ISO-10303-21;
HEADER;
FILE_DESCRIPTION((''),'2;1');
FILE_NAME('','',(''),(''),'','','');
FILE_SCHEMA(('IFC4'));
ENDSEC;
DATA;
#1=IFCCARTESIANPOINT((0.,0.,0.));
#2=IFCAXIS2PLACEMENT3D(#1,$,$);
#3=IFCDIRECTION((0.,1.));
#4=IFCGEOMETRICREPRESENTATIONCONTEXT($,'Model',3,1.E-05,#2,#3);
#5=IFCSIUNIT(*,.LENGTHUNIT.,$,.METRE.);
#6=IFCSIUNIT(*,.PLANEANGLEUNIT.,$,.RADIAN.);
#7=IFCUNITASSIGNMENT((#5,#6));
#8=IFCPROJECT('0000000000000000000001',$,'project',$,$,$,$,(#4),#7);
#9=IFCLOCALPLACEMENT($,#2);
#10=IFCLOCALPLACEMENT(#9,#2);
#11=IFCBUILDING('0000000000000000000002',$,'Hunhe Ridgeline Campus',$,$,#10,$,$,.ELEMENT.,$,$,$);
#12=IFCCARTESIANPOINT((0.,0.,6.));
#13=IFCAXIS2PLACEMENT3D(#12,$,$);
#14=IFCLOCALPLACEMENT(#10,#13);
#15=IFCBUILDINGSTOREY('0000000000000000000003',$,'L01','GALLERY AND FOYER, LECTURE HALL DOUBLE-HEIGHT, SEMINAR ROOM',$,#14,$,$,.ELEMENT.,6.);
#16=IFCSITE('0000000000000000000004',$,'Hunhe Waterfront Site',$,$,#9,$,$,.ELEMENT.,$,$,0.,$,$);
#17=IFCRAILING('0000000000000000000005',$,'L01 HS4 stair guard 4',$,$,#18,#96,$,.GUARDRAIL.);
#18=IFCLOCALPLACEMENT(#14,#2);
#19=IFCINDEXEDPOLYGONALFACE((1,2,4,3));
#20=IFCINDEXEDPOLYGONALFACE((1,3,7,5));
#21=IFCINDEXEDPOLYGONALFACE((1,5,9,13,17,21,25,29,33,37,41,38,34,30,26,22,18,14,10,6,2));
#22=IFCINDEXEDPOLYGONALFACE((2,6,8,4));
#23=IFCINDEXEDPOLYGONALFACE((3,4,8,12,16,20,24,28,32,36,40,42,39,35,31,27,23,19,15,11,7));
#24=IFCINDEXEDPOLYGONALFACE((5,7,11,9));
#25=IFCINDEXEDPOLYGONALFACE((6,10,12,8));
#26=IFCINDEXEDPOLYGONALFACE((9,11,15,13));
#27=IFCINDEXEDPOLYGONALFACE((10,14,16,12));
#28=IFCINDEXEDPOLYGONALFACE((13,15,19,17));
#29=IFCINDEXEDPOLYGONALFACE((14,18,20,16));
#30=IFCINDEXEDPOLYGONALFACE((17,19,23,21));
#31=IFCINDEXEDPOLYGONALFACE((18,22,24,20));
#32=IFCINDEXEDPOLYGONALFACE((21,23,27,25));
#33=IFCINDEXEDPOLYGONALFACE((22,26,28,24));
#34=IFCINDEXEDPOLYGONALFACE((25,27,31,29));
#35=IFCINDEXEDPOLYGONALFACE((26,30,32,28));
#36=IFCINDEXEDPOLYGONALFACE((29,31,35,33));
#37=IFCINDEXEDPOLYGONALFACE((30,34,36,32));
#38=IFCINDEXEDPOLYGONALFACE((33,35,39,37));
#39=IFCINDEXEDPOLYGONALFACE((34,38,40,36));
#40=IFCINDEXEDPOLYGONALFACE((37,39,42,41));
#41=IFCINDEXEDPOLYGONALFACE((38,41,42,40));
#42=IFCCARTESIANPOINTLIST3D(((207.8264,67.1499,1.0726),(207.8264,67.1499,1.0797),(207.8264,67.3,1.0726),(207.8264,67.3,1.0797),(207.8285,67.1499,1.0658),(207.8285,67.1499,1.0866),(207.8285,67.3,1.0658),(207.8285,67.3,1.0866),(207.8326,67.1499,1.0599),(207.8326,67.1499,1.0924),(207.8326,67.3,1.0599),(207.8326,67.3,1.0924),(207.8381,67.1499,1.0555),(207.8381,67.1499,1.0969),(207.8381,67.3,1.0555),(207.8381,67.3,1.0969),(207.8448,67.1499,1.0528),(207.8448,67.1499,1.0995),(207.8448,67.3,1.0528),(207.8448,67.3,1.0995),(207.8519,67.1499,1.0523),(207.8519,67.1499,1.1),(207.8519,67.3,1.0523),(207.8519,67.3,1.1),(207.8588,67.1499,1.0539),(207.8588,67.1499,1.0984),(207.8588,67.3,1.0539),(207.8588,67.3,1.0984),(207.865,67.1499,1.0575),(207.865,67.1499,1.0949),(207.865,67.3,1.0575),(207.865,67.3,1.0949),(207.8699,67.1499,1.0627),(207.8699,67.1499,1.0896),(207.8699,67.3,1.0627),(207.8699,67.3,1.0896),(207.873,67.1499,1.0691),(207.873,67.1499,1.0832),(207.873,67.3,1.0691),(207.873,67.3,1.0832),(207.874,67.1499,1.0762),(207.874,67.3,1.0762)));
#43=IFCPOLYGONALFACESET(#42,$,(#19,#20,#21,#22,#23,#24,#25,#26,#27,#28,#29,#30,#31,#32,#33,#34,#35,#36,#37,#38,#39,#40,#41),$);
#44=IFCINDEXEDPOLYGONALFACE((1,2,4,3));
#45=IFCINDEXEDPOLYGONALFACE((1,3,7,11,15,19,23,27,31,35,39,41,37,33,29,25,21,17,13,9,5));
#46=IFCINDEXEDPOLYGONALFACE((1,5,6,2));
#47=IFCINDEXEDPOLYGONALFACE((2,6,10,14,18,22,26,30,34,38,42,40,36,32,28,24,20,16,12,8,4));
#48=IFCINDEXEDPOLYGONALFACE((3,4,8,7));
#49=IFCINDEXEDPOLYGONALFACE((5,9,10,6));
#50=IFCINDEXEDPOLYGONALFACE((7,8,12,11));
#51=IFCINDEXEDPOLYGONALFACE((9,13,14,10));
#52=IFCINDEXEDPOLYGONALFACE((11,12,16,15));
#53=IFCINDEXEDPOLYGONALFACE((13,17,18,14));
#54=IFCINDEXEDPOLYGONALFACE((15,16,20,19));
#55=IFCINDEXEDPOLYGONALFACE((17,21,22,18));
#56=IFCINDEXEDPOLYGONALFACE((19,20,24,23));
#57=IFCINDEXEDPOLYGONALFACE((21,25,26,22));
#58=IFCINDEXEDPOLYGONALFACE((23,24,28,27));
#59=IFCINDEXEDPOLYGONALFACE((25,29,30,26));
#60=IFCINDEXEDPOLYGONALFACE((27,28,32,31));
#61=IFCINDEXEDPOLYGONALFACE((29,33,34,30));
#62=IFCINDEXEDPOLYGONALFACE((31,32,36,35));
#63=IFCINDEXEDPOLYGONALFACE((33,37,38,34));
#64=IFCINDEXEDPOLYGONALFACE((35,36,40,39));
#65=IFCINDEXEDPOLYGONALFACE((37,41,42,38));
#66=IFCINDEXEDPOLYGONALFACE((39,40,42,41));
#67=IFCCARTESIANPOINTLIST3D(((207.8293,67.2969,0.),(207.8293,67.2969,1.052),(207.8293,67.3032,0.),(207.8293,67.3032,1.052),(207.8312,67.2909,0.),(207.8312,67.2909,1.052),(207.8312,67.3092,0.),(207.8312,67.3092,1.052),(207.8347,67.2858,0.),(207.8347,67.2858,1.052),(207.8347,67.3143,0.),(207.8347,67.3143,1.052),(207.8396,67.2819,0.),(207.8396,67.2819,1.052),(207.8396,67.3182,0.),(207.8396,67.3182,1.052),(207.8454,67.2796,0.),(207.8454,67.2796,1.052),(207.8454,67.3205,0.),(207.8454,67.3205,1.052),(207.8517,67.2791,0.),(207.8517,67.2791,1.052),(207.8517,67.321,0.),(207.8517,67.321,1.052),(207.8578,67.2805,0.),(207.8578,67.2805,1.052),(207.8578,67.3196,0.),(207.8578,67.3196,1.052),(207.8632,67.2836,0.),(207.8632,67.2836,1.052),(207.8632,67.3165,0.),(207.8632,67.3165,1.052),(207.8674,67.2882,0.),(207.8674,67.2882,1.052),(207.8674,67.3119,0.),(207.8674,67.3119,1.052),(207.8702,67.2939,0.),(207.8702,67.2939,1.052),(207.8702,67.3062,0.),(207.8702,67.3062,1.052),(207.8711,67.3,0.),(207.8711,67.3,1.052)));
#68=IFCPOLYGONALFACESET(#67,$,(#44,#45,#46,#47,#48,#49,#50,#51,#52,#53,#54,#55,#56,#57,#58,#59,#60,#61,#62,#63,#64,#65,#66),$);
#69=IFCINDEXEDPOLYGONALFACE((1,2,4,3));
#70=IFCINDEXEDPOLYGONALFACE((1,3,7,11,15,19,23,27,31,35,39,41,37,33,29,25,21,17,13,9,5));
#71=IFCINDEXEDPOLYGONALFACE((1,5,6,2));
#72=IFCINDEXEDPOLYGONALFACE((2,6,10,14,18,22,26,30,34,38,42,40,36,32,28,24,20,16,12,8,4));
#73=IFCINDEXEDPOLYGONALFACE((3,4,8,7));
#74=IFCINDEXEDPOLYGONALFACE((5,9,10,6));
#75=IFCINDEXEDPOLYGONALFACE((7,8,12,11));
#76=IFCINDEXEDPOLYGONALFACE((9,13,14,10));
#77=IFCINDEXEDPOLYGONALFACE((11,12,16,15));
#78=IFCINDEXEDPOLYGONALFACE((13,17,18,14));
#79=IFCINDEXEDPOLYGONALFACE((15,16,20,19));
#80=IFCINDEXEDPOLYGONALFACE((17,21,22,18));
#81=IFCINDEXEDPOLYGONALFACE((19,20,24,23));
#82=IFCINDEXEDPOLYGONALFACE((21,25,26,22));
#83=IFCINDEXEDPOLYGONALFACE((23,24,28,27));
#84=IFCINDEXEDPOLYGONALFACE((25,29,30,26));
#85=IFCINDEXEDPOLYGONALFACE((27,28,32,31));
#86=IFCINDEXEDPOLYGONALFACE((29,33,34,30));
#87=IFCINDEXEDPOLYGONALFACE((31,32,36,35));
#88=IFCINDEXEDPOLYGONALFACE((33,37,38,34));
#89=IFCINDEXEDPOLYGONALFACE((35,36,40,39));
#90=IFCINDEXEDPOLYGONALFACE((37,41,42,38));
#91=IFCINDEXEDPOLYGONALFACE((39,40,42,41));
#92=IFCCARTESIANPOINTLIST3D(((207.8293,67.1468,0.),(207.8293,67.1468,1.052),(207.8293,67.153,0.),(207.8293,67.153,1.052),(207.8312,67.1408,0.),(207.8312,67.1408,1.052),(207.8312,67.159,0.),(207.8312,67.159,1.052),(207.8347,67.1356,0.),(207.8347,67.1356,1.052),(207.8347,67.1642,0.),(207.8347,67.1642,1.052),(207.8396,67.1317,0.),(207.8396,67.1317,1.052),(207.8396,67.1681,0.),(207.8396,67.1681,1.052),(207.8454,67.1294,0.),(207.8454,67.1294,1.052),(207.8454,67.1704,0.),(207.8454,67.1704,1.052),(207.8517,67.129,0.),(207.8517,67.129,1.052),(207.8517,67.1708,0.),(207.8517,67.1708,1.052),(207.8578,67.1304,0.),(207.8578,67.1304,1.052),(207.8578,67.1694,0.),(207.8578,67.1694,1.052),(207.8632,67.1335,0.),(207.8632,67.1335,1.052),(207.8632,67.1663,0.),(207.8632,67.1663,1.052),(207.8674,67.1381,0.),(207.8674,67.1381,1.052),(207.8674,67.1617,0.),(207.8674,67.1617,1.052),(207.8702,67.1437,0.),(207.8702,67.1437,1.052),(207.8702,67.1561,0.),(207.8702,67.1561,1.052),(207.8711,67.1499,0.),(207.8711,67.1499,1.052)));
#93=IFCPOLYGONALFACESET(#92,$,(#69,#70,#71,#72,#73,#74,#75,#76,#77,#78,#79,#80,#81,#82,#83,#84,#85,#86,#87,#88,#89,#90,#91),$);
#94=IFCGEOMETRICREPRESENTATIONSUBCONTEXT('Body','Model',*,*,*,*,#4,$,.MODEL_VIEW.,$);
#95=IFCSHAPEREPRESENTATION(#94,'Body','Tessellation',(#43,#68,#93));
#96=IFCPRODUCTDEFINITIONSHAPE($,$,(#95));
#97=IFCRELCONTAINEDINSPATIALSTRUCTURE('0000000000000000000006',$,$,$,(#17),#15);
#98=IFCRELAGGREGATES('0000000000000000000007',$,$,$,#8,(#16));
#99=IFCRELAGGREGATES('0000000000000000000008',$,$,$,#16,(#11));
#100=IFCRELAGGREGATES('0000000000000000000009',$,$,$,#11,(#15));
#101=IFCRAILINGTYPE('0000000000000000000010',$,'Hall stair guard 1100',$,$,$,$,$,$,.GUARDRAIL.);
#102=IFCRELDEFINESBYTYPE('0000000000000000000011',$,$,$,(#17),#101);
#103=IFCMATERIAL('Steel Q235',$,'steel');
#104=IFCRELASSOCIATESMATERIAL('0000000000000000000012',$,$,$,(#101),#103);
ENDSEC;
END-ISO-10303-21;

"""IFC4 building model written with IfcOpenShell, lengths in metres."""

from ifc_helpers import new_model, si_unit, direction, frame, origin, origin_2d, place, context, subcontext, project, spatial, circle, extrude, material, type_object, element, save


model = new_model("IFC4")

# Units and contexts
model_context = context("Model", 3, precision=1e-05, world=origin(), true_north=direction((0.0, 1.0)))
body_context = subcontext(model_context, "Body", "Model", "MODEL_VIEW")
ifc_project = project(units=[si_unit("LENGTHUNIT", "METRE"), si_unit("PLANEANGLEUNIT", "RADIAN")], contexts=[model_context])

# Site, building, storey
site_placement = place(None, origin())
site = spatial("IfcSite", under=ifc_project, at=site_placement, Name="Hunhe Waterfront Site", CompositionType="ELEMENT", RefElevation=0.0)
building_placement = place(site_placement, origin())
building = spatial("IfcBuilding", under=site, at=building_placement, Name="Hunhe Ridgeline Campus", CompositionType="ELEMENT")
storey_placement = place(building_placement, frame((0.0, 0.0, 6.0)))
storey = spatial("IfcBuildingStorey", under=building, at=storey_placement, Name="L01", Description="GALLERY AND FOYER, LECTURE HALL DOUBLE-HEIGHT, SEMINAR ROOM", CompositionType="ELEMENT", Elevation=6.0)

# Shared definitions
ifc_material_1 = material(Name="Steel Q235", Category="steel")

# Railing
railing_type_1 = type_object("IfcRailingType", Name="Hall stair guard 1100", PredefinedType="GUARDRAIL", material=ifc_material_1)
railing_1_placement = place(storey_placement, frame((207.8501, 67.3, 0.0)))
element("IfcRailing", 1, at=railing_1_placement, inside=storey, type_object=railing_type_1, Name="L01 HS4 stair guard 4", PredefinedType="GUARDRAIL", context=body_context, shape_type="SweptSolid", body=[
    extrude(circle(Radius=0.0239, at=origin_2d()), frame((0.0, 0.0, 1.0762), z_axis=(0.0, -1.0, 0.0), x_axis=(1.0, 0.0, 0.0)), (0.0, 0.0, 1.0), 0.1501),
    extrude(circle(Radius=0.021, at=origin_2d()), origin(), (0.0, 0.0, 1.0), 1.052),
    extrude(circle(Radius=0.021, at=origin_2d()), frame((0.0, -0.1501, 0.0)), (0.0, 0.0, 1.0), 1.052),
])

save(model, "model.ifc")
